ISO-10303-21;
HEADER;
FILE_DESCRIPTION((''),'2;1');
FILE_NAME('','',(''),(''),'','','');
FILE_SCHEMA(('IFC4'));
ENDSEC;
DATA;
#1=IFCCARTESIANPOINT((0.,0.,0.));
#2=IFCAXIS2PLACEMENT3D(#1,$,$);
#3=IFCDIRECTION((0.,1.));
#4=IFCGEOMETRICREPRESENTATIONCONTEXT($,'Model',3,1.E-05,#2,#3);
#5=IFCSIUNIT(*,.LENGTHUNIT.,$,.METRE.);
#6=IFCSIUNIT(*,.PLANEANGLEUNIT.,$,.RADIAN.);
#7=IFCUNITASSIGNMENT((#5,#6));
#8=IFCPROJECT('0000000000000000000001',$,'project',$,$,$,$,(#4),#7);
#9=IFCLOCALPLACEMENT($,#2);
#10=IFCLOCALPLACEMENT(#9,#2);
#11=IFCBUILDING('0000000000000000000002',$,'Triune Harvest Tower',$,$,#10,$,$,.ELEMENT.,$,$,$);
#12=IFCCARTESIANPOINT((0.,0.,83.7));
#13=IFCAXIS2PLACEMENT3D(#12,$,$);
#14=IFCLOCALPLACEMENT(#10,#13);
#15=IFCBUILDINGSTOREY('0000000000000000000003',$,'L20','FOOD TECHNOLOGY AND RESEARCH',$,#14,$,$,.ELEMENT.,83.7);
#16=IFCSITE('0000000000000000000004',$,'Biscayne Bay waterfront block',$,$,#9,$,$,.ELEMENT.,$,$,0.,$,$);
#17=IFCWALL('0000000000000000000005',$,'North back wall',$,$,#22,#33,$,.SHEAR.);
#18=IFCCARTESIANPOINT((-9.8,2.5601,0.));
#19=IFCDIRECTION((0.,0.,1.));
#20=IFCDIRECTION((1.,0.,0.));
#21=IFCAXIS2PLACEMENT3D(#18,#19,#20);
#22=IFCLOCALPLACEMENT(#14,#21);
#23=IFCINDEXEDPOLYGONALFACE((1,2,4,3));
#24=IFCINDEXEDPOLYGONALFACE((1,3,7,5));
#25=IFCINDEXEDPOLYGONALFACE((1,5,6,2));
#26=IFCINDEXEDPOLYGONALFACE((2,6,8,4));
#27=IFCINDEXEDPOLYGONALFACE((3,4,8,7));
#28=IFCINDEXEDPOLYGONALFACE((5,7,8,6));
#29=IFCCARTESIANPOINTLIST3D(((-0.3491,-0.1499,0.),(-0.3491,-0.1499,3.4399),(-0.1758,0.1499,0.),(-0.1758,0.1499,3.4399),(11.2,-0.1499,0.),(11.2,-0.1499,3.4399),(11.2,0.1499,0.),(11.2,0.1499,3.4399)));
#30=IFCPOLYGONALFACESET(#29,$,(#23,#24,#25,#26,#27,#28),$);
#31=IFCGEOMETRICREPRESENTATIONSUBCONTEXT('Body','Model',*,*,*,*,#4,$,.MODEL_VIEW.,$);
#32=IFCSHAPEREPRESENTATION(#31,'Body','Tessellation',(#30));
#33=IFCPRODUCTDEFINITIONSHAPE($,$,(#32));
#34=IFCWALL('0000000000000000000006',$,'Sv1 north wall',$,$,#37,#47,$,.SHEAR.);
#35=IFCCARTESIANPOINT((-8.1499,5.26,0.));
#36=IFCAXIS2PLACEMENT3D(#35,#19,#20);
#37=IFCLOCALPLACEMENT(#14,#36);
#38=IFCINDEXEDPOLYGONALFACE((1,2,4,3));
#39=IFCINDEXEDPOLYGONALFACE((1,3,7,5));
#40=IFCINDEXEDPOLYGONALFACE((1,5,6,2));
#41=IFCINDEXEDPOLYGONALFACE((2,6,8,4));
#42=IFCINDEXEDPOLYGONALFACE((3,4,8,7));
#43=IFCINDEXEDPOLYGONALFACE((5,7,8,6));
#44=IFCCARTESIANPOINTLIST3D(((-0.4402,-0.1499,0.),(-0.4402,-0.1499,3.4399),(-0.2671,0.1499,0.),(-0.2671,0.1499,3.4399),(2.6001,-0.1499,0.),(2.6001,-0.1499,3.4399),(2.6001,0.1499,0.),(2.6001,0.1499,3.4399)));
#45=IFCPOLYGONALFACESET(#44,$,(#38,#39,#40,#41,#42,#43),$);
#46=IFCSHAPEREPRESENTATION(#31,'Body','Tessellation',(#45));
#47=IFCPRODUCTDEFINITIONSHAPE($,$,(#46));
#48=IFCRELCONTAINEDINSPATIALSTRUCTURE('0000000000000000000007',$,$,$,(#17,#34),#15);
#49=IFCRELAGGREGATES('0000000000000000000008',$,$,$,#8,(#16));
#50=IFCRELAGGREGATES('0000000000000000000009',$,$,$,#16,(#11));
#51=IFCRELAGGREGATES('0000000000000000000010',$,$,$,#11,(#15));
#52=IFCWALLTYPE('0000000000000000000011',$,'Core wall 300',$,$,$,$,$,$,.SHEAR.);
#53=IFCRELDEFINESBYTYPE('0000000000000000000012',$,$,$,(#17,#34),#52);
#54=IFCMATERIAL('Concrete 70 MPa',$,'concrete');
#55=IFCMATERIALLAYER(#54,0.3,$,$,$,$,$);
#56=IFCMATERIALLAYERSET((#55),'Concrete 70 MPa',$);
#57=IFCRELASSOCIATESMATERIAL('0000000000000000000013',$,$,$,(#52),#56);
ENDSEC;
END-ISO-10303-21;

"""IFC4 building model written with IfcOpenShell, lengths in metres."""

from ifc_helpers import new_model, si_unit, direction, frame, origin, place, context, subcontext, project, spatial, polyline, outline, extrude, source, transform, mapped, material, layer, layer_set, type_object, element, save


model = new_model("IFC4")

# Units and contexts
model_context = context("Model", 3, precision=1e-05, world=origin(), true_north=direction((0.0, 1.0)))
body_context = subcontext(model_context, "Body", "Model", "MODEL_VIEW")
ifc_project = project(units=[si_unit("LENGTHUNIT", "METRE"), si_unit("PLANEANGLEUNIT", "RADIAN")], contexts=[model_context])

# Site, building, storey
site_placement = place(None, origin())
site = spatial("IfcSite", under=ifc_project, at=site_placement, Name="Biscayne Bay waterfront block", CompositionType="ELEMENT", RefElevation=0.0)
building_placement = place(site_placement, origin())
building = spatial("IfcBuilding", under=site, at=building_placement, Name="Triune Harvest Tower", CompositionType="ELEMENT")
storey_placement = place(building_placement, frame((0.0, 0.0, 83.7)))
storey = spatial("IfcBuildingStorey", under=building, at=storey_placement, Name="L20", Description="FOOD TECHNOLOGY AND RESEARCH", CompositionType="ELEMENT", Elevation=83.7)

# Shared definitions
ifc_material_1 = material(Name="Concrete 70 MPa", Category="concrete")
ifc_layer_1 = layer(ifc_material_1, 0.3)
ifc_layer_set_1 = layer_set([ifc_layer_1], Name="Concrete 70 MPa")
wall_type_1 = type_object("IfcWallType", Name="Core wall 300", PredefinedType="SHEAR", material=ifc_layer_set_1)

# Walls
shared_shape_1 = source(origin(), body_context, "Body", "SweptSolid", [
    extrude(outline(polyline([(11.2, -0.1499), (-0.3491, -0.1499), (-0.1758, 0.1499), (11.2, 0.1499), (11.2, -0.1499)])), origin(), (0.0, 0.0, 1.0), 3.4399),
])
wall_1_placement = place(storey_placement, frame((-9.8, 2.5601, 0.0), z_axis=(0.0, 0.0, 1.0), x_axis=(1.0, 0.0, 0.0)))
element("IfcWall", 1, at=wall_1_placement, inside=storey, type_object=wall_type_1, Name="North back wall", PredefinedType="SHEAR", context=body_context, shape_type="MappedRepresentation", body=[
    mapped(shared_shape_1, transform((0.0, 0.0, 0.0), scale=1.0)),
])
shared_shape_2 = source(origin(), body_context, "Body", "SweptSolid", [
    extrude(outline(polyline([(2.6001, -0.1499), (-0.4402, -0.1499), (-0.2671, 0.1499), (2.6001, 0.1499), (2.6001, -0.1499)])), origin(), (0.0, 0.0, 1.0), 3.4399),
])
wall_2_placement = place(storey_placement, frame((-8.1499, 5.26, 0.0), z_axis=(0.0, 0.0, 1.0), x_axis=(1.0, 0.0, 0.0)))
element("IfcWall", 2, at=wall_2_placement, inside=storey, type_object=wall_type_1, Name="Sv1 north wall", PredefinedType="SHEAR", context=body_context, shape_type="MappedRepresentation", body=[
    mapped(shared_shape_2, transform((0.0, 0.0, 0.0), scale=1.0)),
])

save(model, "model.ifc")
